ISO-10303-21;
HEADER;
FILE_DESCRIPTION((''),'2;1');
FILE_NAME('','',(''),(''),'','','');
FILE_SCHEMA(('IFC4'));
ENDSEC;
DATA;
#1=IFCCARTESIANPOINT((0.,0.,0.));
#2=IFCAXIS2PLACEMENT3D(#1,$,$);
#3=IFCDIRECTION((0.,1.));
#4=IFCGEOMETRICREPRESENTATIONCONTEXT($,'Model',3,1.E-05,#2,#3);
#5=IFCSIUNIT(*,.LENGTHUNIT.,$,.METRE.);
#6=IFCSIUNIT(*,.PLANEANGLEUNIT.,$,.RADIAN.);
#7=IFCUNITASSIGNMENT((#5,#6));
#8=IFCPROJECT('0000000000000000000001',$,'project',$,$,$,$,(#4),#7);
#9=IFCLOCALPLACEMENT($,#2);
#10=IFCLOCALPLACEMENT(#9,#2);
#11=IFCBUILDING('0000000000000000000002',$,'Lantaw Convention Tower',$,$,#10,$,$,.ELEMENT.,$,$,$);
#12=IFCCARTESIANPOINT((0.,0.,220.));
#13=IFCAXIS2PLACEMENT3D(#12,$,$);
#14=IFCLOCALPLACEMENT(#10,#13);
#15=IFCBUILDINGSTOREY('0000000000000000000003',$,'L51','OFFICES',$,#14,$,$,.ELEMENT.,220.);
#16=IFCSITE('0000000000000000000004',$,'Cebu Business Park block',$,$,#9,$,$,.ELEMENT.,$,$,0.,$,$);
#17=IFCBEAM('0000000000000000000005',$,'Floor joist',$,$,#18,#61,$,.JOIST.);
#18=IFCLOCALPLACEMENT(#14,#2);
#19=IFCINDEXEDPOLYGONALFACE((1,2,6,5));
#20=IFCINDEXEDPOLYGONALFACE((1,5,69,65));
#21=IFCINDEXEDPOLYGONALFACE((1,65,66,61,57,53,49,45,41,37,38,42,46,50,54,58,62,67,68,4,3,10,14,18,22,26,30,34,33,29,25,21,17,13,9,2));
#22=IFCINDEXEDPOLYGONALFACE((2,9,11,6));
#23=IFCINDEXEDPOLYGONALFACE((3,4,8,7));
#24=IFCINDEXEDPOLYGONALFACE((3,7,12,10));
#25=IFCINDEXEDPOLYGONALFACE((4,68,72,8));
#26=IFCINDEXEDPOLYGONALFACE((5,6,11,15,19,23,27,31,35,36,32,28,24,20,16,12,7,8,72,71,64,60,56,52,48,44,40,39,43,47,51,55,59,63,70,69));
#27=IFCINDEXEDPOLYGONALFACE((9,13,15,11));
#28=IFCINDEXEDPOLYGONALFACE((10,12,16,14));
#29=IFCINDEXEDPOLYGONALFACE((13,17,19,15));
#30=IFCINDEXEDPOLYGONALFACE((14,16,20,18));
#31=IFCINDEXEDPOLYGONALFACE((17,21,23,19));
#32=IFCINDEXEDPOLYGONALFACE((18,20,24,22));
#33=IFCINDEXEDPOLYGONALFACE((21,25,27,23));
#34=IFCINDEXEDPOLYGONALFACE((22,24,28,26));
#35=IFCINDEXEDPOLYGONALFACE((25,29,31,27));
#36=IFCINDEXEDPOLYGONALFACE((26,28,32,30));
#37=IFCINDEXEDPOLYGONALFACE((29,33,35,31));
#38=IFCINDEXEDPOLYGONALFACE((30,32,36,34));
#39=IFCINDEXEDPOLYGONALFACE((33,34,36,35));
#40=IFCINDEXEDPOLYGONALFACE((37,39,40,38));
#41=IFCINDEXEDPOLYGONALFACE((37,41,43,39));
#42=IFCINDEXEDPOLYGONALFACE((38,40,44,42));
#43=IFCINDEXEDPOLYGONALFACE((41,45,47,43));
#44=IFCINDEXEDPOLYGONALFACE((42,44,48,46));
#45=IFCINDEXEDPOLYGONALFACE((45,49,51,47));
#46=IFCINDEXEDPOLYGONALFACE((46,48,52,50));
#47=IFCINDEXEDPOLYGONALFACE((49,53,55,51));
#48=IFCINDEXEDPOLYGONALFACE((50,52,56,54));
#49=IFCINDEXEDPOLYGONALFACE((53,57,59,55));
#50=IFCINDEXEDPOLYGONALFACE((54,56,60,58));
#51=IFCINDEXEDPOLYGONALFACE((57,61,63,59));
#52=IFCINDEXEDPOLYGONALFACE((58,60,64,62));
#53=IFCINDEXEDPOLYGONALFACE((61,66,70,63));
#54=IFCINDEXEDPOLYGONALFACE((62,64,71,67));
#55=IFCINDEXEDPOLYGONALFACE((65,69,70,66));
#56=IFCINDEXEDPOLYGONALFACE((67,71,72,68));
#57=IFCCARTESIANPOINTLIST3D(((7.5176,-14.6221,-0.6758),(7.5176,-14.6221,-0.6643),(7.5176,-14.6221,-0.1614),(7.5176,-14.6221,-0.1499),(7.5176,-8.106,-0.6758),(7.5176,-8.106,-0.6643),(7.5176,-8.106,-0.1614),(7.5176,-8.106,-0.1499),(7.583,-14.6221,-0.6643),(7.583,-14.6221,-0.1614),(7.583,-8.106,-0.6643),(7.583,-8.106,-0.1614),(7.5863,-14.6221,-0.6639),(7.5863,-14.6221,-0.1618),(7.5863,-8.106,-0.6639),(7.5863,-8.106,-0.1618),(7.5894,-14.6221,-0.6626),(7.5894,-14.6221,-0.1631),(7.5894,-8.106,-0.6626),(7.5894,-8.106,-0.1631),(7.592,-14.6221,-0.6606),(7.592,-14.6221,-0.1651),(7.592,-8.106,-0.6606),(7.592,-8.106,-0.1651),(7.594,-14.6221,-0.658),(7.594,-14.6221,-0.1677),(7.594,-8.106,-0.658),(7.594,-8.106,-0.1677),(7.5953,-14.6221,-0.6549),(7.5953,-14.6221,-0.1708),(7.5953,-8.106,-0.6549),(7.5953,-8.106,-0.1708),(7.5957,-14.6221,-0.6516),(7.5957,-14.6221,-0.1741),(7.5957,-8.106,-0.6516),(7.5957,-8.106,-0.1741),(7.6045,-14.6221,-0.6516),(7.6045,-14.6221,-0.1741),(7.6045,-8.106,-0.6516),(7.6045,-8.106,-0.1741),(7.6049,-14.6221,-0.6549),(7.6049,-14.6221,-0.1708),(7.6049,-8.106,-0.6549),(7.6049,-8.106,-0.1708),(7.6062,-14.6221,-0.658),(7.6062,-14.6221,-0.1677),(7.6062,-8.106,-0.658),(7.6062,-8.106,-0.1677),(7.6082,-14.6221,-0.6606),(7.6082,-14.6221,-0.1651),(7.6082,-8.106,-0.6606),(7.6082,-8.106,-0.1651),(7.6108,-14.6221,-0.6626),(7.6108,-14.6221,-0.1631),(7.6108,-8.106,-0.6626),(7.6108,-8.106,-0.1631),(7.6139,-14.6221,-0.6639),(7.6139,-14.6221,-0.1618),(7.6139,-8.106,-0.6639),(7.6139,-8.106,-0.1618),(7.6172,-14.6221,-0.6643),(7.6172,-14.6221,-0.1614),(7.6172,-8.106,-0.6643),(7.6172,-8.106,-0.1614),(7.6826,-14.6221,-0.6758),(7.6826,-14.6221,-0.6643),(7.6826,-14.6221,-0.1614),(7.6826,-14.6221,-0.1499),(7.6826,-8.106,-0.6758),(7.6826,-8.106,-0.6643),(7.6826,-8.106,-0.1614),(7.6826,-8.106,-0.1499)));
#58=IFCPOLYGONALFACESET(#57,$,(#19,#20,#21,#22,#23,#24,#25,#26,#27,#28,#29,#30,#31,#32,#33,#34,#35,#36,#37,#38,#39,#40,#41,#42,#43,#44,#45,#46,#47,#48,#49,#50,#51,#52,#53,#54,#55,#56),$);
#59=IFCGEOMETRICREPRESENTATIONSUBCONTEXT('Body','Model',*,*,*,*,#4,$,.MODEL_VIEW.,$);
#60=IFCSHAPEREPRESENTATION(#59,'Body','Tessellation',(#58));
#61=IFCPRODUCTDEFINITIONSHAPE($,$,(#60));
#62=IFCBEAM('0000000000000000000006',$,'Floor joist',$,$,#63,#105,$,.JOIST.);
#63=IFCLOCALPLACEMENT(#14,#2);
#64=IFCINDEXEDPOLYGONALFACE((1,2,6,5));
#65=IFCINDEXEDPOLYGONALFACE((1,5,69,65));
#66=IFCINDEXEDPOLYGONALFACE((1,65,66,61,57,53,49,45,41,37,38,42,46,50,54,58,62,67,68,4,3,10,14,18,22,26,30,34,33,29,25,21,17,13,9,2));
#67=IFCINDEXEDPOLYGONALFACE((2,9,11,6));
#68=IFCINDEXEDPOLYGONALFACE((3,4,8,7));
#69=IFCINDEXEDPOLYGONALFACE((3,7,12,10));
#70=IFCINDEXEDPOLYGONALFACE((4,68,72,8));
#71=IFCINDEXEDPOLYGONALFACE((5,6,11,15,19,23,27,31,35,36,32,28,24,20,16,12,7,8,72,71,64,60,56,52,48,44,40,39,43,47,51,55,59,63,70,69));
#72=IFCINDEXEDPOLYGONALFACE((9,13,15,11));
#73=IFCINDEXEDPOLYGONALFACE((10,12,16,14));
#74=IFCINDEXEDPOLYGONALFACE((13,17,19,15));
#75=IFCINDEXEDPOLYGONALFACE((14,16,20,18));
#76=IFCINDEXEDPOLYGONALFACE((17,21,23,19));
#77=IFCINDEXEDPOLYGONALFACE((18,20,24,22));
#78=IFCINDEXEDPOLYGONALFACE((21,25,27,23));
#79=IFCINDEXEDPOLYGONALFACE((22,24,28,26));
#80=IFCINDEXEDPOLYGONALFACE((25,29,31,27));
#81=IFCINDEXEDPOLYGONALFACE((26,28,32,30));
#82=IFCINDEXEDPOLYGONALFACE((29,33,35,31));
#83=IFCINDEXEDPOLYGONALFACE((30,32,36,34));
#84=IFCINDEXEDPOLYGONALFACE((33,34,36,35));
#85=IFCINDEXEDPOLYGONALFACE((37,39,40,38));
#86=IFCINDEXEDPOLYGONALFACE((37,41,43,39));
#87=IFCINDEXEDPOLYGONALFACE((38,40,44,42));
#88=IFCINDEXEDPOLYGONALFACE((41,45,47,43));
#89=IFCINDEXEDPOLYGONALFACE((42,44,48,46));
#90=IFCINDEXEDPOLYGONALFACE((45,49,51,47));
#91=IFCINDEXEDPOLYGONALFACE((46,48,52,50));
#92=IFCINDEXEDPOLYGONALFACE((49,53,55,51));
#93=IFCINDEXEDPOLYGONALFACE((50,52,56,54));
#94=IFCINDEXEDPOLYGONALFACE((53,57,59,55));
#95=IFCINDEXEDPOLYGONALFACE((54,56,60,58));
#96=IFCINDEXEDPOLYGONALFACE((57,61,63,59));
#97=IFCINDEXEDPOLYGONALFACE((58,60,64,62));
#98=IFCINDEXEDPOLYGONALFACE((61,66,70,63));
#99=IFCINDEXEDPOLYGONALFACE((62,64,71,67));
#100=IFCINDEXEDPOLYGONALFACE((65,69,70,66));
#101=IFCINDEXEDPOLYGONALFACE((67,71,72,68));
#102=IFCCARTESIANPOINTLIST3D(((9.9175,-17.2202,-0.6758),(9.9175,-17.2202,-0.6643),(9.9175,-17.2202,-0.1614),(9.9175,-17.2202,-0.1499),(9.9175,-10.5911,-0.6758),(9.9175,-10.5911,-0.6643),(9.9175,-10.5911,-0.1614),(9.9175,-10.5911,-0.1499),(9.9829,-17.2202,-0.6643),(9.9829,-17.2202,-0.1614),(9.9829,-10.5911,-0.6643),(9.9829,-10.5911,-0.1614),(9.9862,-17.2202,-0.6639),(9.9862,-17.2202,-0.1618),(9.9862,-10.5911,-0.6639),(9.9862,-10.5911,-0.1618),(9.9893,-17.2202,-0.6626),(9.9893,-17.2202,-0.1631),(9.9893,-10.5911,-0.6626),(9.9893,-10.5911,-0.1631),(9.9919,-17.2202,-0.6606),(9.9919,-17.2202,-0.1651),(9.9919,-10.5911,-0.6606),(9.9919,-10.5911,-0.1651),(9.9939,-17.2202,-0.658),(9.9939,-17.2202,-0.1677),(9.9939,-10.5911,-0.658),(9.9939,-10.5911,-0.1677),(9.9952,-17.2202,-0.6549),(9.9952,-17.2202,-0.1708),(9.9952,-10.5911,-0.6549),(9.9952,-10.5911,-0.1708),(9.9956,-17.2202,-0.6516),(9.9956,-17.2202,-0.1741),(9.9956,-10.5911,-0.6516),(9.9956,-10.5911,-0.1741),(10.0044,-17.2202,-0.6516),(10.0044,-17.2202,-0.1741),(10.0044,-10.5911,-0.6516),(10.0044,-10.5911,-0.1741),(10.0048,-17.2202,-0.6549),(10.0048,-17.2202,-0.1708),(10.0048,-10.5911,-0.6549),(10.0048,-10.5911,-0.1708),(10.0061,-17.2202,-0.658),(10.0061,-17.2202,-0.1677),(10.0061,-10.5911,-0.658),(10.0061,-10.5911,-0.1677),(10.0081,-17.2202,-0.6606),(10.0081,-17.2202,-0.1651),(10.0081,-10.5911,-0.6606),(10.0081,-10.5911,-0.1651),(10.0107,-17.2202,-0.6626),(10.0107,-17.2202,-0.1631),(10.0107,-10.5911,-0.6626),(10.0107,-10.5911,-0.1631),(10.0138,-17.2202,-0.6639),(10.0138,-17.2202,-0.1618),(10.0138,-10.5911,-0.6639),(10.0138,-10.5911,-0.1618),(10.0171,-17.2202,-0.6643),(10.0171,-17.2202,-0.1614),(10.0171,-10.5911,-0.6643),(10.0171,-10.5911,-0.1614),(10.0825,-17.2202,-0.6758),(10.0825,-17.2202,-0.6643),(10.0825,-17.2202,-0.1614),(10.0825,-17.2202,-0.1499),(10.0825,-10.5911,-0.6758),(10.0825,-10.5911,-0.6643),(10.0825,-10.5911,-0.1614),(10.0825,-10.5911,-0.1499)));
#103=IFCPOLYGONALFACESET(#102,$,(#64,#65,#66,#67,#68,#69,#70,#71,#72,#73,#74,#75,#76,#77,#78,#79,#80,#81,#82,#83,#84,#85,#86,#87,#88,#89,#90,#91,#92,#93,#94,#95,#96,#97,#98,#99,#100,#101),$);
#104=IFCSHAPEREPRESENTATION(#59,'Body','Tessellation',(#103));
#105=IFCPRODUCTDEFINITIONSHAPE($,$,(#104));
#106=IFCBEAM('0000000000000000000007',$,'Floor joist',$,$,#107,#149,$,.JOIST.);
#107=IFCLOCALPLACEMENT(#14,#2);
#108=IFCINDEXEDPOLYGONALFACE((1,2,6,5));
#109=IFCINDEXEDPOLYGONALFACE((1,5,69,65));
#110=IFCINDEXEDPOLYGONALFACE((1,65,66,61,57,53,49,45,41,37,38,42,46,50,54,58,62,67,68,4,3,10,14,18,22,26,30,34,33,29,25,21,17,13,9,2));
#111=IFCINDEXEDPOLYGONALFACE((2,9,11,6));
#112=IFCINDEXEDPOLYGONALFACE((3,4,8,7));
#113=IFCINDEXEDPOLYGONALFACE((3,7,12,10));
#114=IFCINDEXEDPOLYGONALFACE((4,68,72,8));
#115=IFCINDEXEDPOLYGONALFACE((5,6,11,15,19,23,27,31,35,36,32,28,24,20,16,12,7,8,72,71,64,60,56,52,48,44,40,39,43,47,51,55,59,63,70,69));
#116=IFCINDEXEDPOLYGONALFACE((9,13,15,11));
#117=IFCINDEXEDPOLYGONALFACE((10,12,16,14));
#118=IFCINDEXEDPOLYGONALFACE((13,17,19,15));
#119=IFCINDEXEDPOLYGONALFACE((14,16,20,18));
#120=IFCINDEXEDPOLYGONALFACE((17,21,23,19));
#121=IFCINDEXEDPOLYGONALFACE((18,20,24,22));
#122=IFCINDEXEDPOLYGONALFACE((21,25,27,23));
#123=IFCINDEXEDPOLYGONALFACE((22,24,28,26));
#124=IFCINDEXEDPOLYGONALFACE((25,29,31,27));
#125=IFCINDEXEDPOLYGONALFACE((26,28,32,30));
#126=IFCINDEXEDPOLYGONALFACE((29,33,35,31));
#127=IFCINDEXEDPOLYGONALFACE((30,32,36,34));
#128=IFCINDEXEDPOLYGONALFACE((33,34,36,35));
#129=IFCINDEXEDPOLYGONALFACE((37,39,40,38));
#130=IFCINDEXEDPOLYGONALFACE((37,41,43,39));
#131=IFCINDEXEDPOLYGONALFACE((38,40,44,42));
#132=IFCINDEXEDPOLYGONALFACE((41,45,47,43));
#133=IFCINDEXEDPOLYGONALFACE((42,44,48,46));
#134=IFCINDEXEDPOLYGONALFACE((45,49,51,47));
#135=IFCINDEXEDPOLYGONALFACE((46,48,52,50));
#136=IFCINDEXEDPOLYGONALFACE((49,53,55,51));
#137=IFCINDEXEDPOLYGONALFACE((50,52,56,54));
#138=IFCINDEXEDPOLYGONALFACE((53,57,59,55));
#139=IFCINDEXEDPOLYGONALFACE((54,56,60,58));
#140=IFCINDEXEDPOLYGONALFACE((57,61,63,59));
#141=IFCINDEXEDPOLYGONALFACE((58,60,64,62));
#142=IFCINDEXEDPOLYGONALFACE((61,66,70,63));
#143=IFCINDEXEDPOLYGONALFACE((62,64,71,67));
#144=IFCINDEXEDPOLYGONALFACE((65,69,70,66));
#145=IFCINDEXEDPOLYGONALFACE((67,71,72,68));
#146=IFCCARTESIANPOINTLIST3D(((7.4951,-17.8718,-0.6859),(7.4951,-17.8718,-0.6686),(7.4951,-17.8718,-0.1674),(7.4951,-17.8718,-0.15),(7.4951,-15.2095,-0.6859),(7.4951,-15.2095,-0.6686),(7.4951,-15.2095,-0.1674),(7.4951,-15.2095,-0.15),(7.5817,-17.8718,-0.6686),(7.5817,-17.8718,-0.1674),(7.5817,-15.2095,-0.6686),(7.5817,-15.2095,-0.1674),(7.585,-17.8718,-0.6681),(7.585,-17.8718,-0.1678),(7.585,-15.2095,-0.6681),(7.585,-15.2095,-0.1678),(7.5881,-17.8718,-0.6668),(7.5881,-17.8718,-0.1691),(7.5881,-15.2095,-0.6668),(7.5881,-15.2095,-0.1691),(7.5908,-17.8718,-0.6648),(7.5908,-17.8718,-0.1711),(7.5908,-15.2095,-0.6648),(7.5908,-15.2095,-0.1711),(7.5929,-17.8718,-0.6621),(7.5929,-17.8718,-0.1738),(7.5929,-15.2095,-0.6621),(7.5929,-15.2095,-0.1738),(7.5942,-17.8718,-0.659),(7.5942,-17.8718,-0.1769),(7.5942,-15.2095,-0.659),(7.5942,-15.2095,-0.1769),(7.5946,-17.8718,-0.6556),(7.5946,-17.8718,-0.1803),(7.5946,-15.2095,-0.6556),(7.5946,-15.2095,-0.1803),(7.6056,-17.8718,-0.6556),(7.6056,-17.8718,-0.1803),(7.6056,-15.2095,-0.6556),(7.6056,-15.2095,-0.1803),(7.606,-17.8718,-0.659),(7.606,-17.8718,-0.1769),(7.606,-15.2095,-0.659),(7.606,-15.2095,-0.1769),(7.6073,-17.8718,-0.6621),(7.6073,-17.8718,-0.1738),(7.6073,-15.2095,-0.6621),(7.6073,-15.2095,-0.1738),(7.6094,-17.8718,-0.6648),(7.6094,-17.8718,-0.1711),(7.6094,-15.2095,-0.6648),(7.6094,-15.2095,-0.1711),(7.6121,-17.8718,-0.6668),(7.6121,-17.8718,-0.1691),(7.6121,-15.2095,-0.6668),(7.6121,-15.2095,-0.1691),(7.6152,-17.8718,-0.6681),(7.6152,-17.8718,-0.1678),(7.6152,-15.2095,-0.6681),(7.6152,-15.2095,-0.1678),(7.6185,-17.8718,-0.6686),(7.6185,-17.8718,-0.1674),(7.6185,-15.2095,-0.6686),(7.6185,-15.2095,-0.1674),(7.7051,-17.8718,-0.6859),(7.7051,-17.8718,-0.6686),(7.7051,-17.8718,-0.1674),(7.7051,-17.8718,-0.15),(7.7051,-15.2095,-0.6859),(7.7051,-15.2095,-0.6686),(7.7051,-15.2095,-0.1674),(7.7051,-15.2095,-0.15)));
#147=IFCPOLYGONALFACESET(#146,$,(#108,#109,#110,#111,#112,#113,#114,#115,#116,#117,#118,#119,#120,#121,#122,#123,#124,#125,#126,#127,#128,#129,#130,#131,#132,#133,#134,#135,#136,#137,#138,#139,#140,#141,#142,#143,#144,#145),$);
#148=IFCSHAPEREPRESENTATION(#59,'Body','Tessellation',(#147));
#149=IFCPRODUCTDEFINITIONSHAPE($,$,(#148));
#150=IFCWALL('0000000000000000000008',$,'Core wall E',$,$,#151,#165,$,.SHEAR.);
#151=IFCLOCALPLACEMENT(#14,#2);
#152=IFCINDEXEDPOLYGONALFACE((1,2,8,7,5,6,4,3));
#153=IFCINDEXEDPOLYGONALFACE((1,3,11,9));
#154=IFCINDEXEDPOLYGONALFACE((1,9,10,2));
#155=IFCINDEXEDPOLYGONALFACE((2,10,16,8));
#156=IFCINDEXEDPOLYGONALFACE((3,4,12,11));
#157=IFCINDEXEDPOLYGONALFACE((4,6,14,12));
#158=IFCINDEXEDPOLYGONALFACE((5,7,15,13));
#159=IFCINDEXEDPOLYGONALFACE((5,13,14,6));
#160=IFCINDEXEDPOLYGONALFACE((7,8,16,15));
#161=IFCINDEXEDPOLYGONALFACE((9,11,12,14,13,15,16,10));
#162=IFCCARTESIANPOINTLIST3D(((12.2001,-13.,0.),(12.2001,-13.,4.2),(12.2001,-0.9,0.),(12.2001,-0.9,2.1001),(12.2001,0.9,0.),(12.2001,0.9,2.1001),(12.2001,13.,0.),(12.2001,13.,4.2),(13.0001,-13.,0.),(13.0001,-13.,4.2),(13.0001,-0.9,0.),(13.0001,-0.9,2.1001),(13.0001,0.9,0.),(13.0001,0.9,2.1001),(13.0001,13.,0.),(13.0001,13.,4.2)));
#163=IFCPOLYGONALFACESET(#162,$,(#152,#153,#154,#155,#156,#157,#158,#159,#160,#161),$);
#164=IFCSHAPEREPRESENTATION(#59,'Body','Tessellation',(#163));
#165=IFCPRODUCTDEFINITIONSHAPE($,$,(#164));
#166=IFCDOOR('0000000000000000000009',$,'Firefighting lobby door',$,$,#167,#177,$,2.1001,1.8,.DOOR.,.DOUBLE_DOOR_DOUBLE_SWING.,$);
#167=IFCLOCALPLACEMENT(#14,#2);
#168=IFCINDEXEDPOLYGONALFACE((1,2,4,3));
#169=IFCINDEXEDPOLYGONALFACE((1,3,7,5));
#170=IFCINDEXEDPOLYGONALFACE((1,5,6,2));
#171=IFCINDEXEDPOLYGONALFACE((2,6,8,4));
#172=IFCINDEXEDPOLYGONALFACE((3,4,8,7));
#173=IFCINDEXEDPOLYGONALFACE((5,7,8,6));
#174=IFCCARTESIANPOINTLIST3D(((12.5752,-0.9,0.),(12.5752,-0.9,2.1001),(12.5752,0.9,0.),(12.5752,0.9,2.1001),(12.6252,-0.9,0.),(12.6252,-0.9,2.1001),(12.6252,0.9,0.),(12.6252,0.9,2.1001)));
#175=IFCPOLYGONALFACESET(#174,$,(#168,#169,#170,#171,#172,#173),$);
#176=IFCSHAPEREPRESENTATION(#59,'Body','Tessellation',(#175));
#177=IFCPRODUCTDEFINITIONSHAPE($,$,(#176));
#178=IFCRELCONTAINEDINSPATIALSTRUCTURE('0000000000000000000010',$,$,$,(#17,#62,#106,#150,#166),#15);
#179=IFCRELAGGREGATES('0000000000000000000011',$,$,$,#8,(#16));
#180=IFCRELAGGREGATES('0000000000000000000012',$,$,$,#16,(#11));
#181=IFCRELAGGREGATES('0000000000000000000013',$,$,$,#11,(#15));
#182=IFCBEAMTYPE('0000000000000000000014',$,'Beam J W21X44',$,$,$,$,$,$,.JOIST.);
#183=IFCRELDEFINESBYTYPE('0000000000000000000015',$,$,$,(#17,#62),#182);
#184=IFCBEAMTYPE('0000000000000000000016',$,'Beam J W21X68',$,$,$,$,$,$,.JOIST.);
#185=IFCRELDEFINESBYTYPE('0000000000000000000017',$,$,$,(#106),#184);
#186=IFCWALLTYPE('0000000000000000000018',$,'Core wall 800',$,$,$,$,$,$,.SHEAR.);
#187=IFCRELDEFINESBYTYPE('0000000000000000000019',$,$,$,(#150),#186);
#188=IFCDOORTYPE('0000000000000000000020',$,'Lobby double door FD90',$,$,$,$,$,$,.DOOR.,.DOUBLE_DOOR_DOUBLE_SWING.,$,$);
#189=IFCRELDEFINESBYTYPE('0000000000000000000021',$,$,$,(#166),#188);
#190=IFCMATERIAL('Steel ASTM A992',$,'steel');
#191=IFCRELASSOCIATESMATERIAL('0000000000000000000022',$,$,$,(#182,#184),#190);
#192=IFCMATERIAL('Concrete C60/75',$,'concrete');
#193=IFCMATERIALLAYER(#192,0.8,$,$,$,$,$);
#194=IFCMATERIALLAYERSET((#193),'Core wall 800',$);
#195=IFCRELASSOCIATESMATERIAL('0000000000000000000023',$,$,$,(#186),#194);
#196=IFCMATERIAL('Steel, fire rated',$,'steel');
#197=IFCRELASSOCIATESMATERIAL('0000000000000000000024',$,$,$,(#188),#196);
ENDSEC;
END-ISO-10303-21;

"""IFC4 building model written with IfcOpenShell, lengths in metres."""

from ifc_helpers import new_model, si_unit, direction, frame, frame_2d, origin, origin_2d, place, context, subcontext, project, spatial, rectangle, i_section, extrude, material, layer, layer_set, material_profile, profile_set, type_object, element, fill, save


model = new_model("IFC4")

# Units and contexts
model_context = context("Model", 3, precision=1e-05, world=origin(), true_north=direction((0.0, 1.0)))
body_context = subcontext(model_context, "Body", "Model", "MODEL_VIEW")
ifc_project = project(units=[si_unit("LENGTHUNIT", "METRE"), si_unit("PLANEANGLEUNIT", "RADIAN")], contexts=[model_context])

# Site, building, storey
site_placement = place(None, origin())
site = spatial("IfcSite", under=ifc_project, at=site_placement, Name="Cebu Business Park block", CompositionType="ELEMENT", RefElevation=0.0)
building_placement = place(site_placement, origin())
building = spatial("IfcBuilding", under=site, at=building_placement, Name="Lantaw Convention Tower", CompositionType="ELEMENT")
storey_placement = place(building_placement, frame((0.0, 0.0, 220.0)))
storey = spatial("IfcBuildingStorey", under=building, at=storey_placement, Name="L51", Description="OFFICES", CompositionType="ELEMENT", Elevation=220.0)

# Shared definitions
ifc_material_1 = material(Name="Concrete C60/75", Category="concrete")

# Beams
ifc_material_2 = material(Name="Steel ASTM A992", Category="steel")
ifc_material_profile_1 = material_profile(ifc_material_2, i_section(OverallWidth=0.165, OverallDepth=0.5259, WebThickness=0.0088, FlangeThickness=0.0115, FilletRadius=0.0127, at=origin_2d()), Name="W21X44")
ifc_profile_set_1 = profile_set([ifc_material_profile_1], Name="Steel ASTM A992")
beam_type_1 = type_object("IfcBeamType", Name="Beam J W21X44", PredefinedType="JOIST", material=ifc_profile_set_1)
beam_1_placement = place(storey_placement, frame((7.6001, -14.6221, -0.4128), z_axis=(0.0, 1.0, 0.0), x_axis=(-1.0, 0.0, 0.0)))
element("IfcBeam", 1, at=beam_1_placement, inside=storey, type_object=beam_type_1, Name="Floor joist", PredefinedType="JOIST", context=body_context, shape_type="SweptSolid", body=[
    extrude(i_section(OverallWidth=0.165, OverallDepth=0.5259, WebThickness=0.0088, FlangeThickness=0.0115, FilletRadius=0.0127, at=origin_2d()), origin(), (0.0, 0.0, 1.0), 6.5161),
])
beam_2_placement = place(storey_placement, frame((10.0, -17.2202, -0.4128), z_axis=(0.0, 1.0, 0.0), x_axis=(-1.0, 0.0, 0.0)))
element("IfcBeam", 2, at=beam_2_placement, inside=storey, type_object=beam_type_1, Name="Floor joist", PredefinedType="JOIST", context=body_context, shape_type="SweptSolid", body=[
    extrude(i_section(OverallWidth=0.165, OverallDepth=0.5259, WebThickness=0.0088, FlangeThickness=0.0115, FilletRadius=0.0127, at=origin_2d()), origin(), (0.0, 0.0, 1.0), 6.6292),
])
ifc_material_profile_2 = material_profile(ifc_material_2, i_section(OverallWidth=0.21, OverallDepth=0.5359, WebThickness=0.011, FlangeThickness=0.0173, FilletRadius=0.0129, at=origin_2d()), Name="W21X68")
ifc_profile_set_2 = profile_set([ifc_material_profile_2], Name="Steel ASTM A992")
beam_type_2 = type_object("IfcBeamType", Name="Beam J W21X68", PredefinedType="JOIST", material=ifc_profile_set_2)
beam_3_placement = place(storey_placement, frame((7.6001, -17.8718, -0.418), z_axis=(0.0, 1.0, 0.0), x_axis=(-1.0, 0.0, 0.0)))
element("IfcBeam", 3, at=beam_3_placement, inside=storey, type_object=beam_type_2, Name="Floor joist", PredefinedType="JOIST", context=body_context, shape_type="SweptSolid", body=[
    extrude(i_section(OverallWidth=0.21, OverallDepth=0.5359, WebThickness=0.011, FlangeThickness=0.0173, FilletRadius=0.0129, at=origin_2d()), origin(), (0.0, 0.0, 1.0), 2.6624),
])

# Wall, opening, door
ifc_layer_1 = layer(ifc_material_1, 0.8)
ifc_layer_set_1 = layer_set([ifc_layer_1], Name="Core wall 800")
wall_type_1 = type_object("IfcWallType", Name="Core wall 800", PredefinedType="SHEAR", material=ifc_layer_set_1)
wall_1_placement = place(storey_placement, frame((12.6001, -13.0, 0.0), z_axis=(0.0, 0.0, 1.0), x_axis=(0.0, 1.0, 0.0)))
wall_1 = element("IfcWall", 4, at=wall_1_placement, inside=storey, type_object=wall_type_1, Name="Core wall E", PredefinedType="SHEAR", context=body_context, shape_type="SweptSolid", body=[
    extrude(rectangle(XDim=26.0, YDim=0.8, at=frame_2d((13.0, 0.0))), origin(), (0.0, 0.0, 1.0), 4.2),
])
opening_1_placement = place(wall_1_placement, frame((12.1001, 0.0, 0.0)))
opening_1 = element("IfcOpeningElement", 5, at=opening_1_placement, cuts=wall_1, PredefinedType="OPENING", context=body_context, shape_type="SweptSolid", body=[
    extrude(rectangle(XDim=1.8, YDim=2.1001, at=frame_2d((0.8999, 1.05))), frame((0.0, 0.4099, 0.0), z_axis=(0.0, -1.0, 0.0), x_axis=(1.0, 0.0, 0.0)), (0.0, 0.0, 1.0), 0.8201),
])
ifc_material_3 = material(Name="Steel, fire rated", Category="steel")
door_type_1 = type_object("IfcDoorType", Name="Lobby double door FD90", OperationType="DOUBLE_DOOR_DOUBLE_SWING", PredefinedType="DOOR", material=ifc_material_3)
door_1_placement = place(opening_1_placement, origin())
door_1 = element("IfcDoor", 6, at=door_1_placement, inside=storey, type_object=door_type_1, Name="Firefighting lobby door", OperationType="DOUBLE_DOOR_DOUBLE_SWING", OverallHeight=2.1001, OverallWidth=1.8, PredefinedType="DOOR", context=body_context, shape_type="SweptSolid", body=[
    extrude(rectangle(XDim=1.8, YDim=2.1001, at=frame_2d((0.8999, 1.05))), frame((0.0, 0.0249, 0.0), z_axis=(0.0, -1.0, 0.0), x_axis=(1.0, 0.0, 0.0)), (0.0, 0.0, 1.0), 0.05),
])
fill(opening_1, door_1)

save(model, "model.ifc")
